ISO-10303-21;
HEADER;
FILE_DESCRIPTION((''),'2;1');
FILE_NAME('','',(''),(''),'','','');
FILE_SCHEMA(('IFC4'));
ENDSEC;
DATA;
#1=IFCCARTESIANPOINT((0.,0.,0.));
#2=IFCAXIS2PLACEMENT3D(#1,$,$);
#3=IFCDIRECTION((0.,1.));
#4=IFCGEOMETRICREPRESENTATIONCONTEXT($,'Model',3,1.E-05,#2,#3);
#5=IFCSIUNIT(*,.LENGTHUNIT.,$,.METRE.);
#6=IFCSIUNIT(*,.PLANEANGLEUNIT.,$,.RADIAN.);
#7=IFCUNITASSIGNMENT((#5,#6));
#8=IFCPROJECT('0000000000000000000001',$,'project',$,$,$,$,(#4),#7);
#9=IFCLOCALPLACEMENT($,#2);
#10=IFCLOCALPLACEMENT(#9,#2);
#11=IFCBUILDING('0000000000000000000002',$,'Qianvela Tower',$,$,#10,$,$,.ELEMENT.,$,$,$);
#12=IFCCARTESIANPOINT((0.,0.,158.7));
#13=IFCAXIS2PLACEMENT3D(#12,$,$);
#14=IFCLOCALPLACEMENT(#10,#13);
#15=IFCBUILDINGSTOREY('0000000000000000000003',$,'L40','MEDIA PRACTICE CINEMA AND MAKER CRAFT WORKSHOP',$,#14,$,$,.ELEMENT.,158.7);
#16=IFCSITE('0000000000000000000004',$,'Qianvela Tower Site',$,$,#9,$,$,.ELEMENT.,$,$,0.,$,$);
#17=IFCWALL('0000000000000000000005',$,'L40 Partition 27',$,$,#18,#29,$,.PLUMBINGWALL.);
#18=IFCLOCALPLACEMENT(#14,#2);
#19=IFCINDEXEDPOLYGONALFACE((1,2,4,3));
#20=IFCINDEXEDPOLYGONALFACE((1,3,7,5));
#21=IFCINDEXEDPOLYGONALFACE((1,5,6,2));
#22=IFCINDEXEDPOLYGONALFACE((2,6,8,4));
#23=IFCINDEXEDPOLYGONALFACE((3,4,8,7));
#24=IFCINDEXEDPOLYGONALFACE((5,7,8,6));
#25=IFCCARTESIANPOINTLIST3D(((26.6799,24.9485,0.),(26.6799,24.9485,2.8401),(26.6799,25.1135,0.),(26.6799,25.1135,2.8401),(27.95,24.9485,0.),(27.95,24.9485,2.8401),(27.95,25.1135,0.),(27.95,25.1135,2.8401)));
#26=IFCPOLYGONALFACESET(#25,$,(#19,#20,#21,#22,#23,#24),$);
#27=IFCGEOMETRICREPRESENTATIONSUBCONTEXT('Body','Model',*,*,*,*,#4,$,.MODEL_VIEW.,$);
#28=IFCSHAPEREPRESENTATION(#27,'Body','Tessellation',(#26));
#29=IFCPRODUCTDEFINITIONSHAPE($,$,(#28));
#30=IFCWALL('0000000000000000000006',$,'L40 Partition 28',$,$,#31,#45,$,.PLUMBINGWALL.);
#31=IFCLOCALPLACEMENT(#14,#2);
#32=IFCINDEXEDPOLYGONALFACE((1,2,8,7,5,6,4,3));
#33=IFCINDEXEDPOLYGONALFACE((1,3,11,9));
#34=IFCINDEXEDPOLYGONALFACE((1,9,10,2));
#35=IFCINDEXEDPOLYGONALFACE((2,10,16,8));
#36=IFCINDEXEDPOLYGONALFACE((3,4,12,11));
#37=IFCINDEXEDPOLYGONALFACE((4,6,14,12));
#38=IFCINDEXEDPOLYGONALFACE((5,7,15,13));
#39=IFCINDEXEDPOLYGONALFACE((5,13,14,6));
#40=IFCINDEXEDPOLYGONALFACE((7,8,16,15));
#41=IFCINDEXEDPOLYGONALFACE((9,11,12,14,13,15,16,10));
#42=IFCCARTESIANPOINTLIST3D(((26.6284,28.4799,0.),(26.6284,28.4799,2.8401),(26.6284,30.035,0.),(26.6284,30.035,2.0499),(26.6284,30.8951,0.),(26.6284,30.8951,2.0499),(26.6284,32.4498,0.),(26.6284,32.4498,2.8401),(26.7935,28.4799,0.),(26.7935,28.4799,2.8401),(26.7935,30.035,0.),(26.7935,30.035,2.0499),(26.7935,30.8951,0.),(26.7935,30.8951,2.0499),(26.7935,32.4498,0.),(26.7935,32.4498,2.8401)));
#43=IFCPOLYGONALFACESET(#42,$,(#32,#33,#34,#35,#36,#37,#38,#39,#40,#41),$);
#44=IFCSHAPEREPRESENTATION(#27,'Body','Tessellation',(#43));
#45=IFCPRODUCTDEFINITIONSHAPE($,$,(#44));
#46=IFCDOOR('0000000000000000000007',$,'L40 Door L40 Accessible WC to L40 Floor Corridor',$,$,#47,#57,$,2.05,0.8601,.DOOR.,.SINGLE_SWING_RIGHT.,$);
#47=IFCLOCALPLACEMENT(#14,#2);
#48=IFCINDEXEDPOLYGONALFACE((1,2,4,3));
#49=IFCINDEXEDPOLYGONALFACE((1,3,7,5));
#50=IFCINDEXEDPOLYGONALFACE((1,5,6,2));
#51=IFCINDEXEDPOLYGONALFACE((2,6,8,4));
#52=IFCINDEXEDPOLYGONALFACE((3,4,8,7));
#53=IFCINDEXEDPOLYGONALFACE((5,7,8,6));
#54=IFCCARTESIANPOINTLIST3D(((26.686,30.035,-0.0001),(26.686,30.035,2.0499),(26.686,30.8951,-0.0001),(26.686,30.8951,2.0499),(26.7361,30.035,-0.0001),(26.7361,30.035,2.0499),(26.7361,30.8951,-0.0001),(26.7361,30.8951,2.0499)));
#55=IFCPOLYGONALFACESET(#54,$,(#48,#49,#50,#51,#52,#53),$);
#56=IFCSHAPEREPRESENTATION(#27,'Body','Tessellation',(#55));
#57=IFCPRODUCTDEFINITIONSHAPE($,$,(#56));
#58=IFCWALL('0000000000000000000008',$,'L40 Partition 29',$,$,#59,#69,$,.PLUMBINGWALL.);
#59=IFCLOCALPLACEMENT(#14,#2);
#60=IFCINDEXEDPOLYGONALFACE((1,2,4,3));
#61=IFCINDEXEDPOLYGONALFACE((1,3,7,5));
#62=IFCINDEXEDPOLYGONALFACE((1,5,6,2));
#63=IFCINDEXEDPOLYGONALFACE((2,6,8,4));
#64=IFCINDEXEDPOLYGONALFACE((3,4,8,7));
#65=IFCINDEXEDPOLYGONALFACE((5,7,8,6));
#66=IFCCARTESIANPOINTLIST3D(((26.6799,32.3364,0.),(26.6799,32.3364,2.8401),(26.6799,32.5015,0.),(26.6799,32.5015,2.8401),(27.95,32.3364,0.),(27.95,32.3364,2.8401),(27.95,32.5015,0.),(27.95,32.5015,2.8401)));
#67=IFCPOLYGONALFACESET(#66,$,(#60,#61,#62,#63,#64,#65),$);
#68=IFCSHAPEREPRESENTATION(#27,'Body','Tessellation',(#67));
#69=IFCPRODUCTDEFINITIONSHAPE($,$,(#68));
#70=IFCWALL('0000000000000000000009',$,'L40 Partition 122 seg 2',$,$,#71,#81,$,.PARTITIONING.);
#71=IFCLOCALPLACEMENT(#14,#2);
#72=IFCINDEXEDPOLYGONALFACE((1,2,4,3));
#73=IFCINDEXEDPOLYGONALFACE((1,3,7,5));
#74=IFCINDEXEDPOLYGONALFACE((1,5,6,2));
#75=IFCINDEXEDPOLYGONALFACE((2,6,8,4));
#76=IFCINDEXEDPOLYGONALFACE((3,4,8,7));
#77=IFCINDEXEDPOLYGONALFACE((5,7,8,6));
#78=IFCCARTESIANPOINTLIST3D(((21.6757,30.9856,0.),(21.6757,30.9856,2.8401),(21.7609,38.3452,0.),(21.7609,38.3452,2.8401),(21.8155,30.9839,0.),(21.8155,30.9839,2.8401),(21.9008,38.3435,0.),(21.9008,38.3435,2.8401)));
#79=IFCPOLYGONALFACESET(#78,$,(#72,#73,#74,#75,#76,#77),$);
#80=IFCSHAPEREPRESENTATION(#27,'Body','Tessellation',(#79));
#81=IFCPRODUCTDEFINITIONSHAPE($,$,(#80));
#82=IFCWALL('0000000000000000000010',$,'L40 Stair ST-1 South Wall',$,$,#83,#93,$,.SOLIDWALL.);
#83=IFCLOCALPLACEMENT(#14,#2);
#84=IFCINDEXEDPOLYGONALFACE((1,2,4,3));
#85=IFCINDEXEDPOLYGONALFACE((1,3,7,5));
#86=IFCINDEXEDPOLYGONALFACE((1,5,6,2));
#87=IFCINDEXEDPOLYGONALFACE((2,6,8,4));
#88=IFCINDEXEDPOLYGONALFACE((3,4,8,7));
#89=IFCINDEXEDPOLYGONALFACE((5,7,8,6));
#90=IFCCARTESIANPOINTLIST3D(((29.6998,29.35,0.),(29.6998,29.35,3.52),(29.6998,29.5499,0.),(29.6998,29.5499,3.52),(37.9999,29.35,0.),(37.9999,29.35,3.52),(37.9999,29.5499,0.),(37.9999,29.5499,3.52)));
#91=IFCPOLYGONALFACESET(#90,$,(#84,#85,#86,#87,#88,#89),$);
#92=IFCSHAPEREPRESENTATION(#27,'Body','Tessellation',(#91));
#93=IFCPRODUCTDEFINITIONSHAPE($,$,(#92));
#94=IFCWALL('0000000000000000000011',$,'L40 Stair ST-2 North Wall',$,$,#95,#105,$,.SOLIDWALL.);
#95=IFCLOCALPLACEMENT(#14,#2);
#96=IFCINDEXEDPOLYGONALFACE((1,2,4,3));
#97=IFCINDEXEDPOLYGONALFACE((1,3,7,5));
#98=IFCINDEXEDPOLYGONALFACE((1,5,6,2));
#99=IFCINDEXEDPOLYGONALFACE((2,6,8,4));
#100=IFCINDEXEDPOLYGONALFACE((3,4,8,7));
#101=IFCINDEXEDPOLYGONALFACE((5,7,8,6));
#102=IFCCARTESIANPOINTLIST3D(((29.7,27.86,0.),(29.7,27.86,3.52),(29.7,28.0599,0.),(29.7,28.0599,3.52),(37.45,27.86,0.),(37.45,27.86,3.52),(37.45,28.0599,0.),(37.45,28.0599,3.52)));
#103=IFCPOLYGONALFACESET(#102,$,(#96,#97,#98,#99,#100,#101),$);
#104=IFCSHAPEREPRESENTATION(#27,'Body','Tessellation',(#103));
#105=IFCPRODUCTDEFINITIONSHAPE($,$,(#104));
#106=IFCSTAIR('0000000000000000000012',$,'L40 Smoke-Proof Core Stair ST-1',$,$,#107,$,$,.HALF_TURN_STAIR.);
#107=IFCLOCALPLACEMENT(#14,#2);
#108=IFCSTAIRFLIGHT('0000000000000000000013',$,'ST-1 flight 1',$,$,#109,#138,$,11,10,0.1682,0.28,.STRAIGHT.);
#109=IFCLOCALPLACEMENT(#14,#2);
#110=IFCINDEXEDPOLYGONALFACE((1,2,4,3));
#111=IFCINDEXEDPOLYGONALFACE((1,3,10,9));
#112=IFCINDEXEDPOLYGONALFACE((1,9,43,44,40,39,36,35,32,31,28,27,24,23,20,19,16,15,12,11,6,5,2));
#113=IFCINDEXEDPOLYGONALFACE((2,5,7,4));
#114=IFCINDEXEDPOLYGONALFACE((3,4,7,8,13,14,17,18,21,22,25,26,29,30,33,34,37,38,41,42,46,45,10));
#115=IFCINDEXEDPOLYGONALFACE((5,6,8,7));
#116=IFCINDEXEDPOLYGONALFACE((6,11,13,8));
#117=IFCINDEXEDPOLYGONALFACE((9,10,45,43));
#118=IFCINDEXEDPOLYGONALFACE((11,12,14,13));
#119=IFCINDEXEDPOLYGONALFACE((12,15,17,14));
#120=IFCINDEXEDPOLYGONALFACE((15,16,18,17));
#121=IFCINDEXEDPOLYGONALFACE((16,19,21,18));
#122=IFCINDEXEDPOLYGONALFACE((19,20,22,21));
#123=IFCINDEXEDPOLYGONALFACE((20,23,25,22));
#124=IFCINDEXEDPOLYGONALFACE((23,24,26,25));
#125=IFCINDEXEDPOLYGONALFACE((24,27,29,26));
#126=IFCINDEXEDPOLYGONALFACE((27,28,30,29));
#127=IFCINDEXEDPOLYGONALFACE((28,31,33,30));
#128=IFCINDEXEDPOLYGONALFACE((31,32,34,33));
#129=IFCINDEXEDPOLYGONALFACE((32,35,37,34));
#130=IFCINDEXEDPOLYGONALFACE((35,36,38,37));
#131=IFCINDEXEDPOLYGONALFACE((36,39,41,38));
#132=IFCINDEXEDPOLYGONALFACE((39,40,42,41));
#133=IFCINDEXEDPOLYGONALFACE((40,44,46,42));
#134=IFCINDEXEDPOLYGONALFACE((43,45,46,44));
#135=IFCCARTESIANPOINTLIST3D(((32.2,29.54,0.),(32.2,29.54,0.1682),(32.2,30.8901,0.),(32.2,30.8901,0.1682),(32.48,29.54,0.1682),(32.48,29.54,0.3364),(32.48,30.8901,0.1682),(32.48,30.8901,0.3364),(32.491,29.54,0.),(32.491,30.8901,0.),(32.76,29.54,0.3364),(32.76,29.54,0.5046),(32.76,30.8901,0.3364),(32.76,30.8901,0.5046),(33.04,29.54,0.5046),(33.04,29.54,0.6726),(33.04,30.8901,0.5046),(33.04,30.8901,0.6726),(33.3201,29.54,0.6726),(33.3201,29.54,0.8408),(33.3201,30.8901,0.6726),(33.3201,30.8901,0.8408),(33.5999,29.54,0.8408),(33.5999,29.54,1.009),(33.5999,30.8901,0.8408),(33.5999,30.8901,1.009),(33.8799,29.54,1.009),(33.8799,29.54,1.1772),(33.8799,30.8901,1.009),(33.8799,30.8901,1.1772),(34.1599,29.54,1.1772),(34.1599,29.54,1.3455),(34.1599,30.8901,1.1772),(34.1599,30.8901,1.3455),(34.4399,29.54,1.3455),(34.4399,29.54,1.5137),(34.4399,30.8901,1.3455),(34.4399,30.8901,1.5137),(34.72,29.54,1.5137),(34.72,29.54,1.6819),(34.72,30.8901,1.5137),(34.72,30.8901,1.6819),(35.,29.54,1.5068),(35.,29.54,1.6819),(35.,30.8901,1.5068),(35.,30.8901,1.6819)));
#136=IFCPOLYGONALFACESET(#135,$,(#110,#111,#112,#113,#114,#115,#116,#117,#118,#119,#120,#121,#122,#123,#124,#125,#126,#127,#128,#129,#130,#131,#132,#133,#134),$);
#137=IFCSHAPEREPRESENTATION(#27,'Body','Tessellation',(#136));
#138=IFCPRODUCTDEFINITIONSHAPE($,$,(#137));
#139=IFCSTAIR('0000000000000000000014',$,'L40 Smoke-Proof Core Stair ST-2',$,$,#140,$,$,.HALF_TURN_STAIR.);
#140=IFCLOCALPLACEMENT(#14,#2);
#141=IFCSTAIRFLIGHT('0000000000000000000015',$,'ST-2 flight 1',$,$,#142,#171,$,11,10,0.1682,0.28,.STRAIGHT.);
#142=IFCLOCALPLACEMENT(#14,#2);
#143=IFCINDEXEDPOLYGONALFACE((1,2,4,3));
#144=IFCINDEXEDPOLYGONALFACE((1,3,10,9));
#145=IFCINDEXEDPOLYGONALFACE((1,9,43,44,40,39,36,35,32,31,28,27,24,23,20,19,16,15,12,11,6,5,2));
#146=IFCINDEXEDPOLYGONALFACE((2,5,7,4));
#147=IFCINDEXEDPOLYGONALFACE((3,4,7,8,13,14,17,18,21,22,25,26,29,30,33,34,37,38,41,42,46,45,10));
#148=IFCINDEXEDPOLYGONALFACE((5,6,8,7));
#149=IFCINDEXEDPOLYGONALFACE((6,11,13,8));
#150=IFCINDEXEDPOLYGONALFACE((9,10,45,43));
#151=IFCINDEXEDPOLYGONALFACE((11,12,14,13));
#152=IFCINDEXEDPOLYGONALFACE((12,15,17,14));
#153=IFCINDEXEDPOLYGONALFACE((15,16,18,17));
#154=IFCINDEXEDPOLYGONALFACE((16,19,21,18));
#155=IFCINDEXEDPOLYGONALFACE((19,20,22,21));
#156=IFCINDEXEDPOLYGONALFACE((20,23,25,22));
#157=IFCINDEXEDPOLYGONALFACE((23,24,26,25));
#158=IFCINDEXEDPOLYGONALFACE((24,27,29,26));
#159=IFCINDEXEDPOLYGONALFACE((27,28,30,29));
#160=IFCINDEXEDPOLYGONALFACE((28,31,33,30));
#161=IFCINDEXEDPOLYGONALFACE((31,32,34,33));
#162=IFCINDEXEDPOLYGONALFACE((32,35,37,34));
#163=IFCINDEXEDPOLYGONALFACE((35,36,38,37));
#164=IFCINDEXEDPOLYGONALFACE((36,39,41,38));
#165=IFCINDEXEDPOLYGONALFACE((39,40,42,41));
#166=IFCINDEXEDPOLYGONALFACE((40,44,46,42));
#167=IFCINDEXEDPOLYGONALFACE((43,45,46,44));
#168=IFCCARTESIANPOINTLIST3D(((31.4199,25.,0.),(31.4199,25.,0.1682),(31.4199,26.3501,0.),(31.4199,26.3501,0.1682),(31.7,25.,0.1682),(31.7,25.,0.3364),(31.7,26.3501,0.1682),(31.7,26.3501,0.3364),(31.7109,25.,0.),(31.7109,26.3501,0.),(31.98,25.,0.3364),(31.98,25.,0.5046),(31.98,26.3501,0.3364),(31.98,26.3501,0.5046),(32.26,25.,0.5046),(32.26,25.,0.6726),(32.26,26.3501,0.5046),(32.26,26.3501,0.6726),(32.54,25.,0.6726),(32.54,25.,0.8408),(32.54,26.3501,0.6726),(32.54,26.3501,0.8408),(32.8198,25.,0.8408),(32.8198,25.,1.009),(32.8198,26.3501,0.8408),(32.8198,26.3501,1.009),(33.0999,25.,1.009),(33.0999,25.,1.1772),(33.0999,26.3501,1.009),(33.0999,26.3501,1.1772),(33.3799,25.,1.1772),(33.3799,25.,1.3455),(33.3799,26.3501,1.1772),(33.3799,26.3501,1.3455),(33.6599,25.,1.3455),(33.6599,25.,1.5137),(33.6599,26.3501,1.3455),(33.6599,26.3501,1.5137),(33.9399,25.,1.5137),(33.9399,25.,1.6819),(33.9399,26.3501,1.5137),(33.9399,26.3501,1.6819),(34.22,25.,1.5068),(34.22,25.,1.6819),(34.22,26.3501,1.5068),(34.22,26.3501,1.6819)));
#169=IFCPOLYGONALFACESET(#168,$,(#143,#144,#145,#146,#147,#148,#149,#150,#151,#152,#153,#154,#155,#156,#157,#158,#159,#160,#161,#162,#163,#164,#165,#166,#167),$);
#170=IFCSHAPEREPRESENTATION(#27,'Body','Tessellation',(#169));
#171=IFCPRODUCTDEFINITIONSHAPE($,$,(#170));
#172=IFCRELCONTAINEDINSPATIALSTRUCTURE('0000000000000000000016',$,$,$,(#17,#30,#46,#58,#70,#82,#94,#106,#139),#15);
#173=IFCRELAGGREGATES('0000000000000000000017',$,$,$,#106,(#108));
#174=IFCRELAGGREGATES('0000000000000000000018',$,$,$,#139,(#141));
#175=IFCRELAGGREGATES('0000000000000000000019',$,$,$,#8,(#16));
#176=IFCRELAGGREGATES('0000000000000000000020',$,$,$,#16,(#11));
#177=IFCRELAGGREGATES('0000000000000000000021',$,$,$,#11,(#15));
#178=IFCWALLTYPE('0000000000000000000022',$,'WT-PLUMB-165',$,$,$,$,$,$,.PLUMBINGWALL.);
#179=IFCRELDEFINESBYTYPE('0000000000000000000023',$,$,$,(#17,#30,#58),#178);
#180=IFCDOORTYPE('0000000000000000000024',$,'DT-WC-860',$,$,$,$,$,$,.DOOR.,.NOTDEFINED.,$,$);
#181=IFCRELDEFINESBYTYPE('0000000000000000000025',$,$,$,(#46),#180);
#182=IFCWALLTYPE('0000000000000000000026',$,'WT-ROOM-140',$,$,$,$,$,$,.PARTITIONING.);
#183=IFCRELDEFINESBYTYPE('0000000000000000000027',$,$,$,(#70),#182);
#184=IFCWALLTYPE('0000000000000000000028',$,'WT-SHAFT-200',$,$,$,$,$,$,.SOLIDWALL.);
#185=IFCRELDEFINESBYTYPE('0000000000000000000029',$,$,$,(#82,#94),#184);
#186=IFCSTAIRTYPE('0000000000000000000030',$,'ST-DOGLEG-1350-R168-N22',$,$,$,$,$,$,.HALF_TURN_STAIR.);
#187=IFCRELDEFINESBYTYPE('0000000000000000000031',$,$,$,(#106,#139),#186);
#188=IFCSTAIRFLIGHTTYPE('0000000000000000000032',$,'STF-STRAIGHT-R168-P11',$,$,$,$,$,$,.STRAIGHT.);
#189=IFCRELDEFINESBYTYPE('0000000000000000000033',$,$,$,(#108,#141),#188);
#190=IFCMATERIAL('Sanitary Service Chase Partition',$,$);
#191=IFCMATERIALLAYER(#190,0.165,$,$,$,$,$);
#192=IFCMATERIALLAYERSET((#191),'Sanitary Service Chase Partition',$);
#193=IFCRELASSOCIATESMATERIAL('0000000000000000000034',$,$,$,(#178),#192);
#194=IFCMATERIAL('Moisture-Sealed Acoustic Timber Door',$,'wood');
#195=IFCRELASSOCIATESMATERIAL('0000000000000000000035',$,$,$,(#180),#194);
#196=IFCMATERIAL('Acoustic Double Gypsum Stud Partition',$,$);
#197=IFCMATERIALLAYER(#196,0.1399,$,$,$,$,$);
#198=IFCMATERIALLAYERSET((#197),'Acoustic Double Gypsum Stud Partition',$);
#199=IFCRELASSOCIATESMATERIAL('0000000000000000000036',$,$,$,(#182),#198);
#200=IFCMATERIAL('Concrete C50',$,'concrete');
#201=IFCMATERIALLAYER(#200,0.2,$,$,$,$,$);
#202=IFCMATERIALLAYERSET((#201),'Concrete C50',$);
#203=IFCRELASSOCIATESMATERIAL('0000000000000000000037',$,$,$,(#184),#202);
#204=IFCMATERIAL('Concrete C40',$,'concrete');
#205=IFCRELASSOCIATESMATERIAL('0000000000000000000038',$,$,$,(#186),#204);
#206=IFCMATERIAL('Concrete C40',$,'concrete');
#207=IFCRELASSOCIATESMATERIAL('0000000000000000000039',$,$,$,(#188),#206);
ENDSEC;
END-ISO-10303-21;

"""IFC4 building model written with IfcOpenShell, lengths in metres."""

from ifc_helpers import new_model, si_unit, direction, frame, frame_2d, origin, place, context, subcontext, project, spatial, polyline, rectangle, outline, extrude, material, layer, layer_set, type_object, element, fill, aggregate, save


model = new_model("IFC4")

# Units and contexts
model_context = context("Model", 3, precision=1e-05, world=origin(), true_north=direction((0.0, 1.0)))
body_context = subcontext(model_context, "Body", "Model", "MODEL_VIEW")
ifc_project = project(units=[si_unit("LENGTHUNIT", "METRE"), si_unit("PLANEANGLEUNIT", "RADIAN")], contexts=[model_context])

# Site, building, storey
site_placement = place(None, origin())
site = spatial("IfcSite", under=ifc_project, at=site_placement, Name="Qianvela Tower Site", CompositionType="ELEMENT", RefElevation=0.0)
building_placement = place(site_placement, origin())
building = spatial("IfcBuilding", under=site, at=building_placement, Name="Qianvela Tower", CompositionType="ELEMENT")
storey_placement = place(building_placement, frame((0.0, 0.0, 158.7)))
storey = spatial("IfcBuildingStorey", under=building, at=storey_placement, Name="L40", Description="MEDIA PRACTICE CINEMA AND MAKER CRAFT WORKSHOP", CompositionType="ELEMENT", Elevation=158.7)

# Shared definitions
ifc_material_1 = material(Name="Sanitary Service Chase Partition")
ifc_layer_1 = layer(ifc_material_1, 0.165)
ifc_layer_set_1 = layer_set([ifc_layer_1], Name="Sanitary Service Chase Partition")
wall_type_1 = type_object("IfcWallType", Name="WT-PLUMB-165", PredefinedType="PLUMBINGWALL", material=ifc_layer_set_1)

# Wall
wall_1_placement = place(storey_placement, frame((27.95, 25.031, 0.0), z_axis=(0.0, 0.0, 1.0), x_axis=(-1.0, 0.0, 0.0)))
element("IfcWall", 1, at=wall_1_placement, inside=storey, type_object=wall_type_1, Name="L40 Partition 27", PredefinedType="PLUMBINGWALL", context=body_context, shape_type="SweptSolid", body=[
    extrude(rectangle(XDim=1.27, YDim=0.165, at=frame_2d((0.635, 0.0))), origin(), (0.0, 0.0, 1.0), 2.8401),
])

# Wall, opening, door
wall_2_placement = place(storey_placement, frame((26.7109, 28.48, 0.0), z_axis=(0.0, 0.0, 1.0), x_axis=(0.0, 1.0, 0.0)))
wall_2 = element("IfcWall", 2, at=wall_2_placement, inside=storey, type_object=wall_type_1, Name="L40 Partition 28", PredefinedType="PLUMBINGWALL", context=body_context, shape_type="SweptSolid", body=[
    extrude(rectangle(XDim=3.97, YDim=0.165, at=frame_2d((1.9849, 0.0))), origin(), (0.0, 0.0, 1.0), 2.8401),
])
opening_1_placement = place(wall_2_placement, frame((1.5549, 0.0, 0.0)))
opening_1 = element("IfcOpeningElement", 3, at=opening_1_placement, cuts=wall_2, PredefinedType="OPENING", context=body_context, shape_type="SweptSolid", body=[
    extrude(rectangle(XDim=0.8601, YDim=2.05, at=frame_2d((0.4302, 1.0249))), frame((0.0, 0.0925, 0.0), z_axis=(0.0, -1.0, 0.0), x_axis=(1.0, 0.0, 0.0)), (0.0, 0.0, 1.0), 0.1851),
])
ifc_material_2 = material(Name="Moisture-Sealed Acoustic Timber Door", Category="wood")
door_type_1 = type_object("IfcDoorType", Name="DT-WC-860", OperationType="NOTDEFINED", PredefinedType="DOOR", material=ifc_material_2)
door_1_placement = place(opening_1_placement, origin())
door_1 = element("IfcDoor", 4, at=door_1_placement, inside=storey, type_object=door_type_1, Name="L40 Door L40 Accessible WC to L40 Floor Corridor", OperationType="SINGLE_SWING_RIGHT", OverallHeight=2.05, OverallWidth=0.8601, PredefinedType="DOOR", context=body_context, shape_type="SweptSolid", body=[
    extrude(rectangle(XDim=0.8601, YDim=2.05, at=frame_2d((0.4302, 1.0249))), frame((0.0, 0.0249, 0.0), z_axis=(0.0, -1.0, 0.0), x_axis=(1.0, 0.0, 0.0)), (0.0, 0.0, 1.0), 0.05),
])
fill(opening_1, door_1)

# Walls
wall_3_placement = place(storey_placement, frame((26.6799, 32.4189, 0.0), z_axis=(0.0, 0.0, 1.0), x_axis=(1.0, 0.0, 0.0)))
element("IfcWall", 5, at=wall_3_placement, inside=storey, type_object=wall_type_1, Name="L40 Partition 29", PredefinedType="PLUMBINGWALL", context=body_context, shape_type="SweptSolid", body=[
    extrude(rectangle(XDim=1.27, YDim=0.165, at=frame_2d((0.635, 0.0))), origin(), (0.0, 0.0, 1.0), 2.8401),
])
ifc_material_3 = material(Name="Acoustic Double Gypsum Stud Partition")
ifc_layer_2 = layer(ifc_material_3, 0.1399)
ifc_layer_set_2 = layer_set([ifc_layer_2], Name="Acoustic Double Gypsum Stud Partition")
wall_type_2 = type_object("IfcWallType", Name="WT-ROOM-140", PredefinedType="PARTITIONING", material=ifc_layer_set_2)
wall_4_placement = place(storey_placement, frame((21.7456, 30.9846, 0.0), z_axis=(0.0, 0.0, 1.0), x_axis=(0.011577, 0.999933, 0.0)))
element("IfcWall", 6, at=wall_4_placement, inside=storey, type_object=wall_type_2, Name="L40 Partition 122 seg 2", PredefinedType="PARTITIONING", context=body_context, shape_type="SweptSolid", body=[
    extrude(rectangle(XDim=7.3601, YDim=0.1399, at=frame_2d((3.6802, 0.0))), origin(), (0.0, 0.0, 1.0), 2.8401),
])
ifc_material_4 = material(Name="Concrete C50", Category="concrete")
ifc_layer_3 = layer(ifc_material_4, 0.2)
ifc_layer_set_3 = layer_set([ifc_layer_3], Name="Concrete C50")
wall_type_3 = type_object("IfcWallType", Name="WT-SHAFT-200", PredefinedType="SOLIDWALL", material=ifc_layer_set_3)
wall_5_placement = place(storey_placement, frame((29.7, 29.45, 0.0), z_axis=(0.0, 0.0, 1.0), x_axis=(1.0, 0.0, 0.0)))
element("IfcWall", 7, at=wall_5_placement, inside=storey, type_object=wall_type_3, Name="L40 Stair ST-1 South Wall", PredefinedType="SOLIDWALL", context=body_context, shape_type="SweptSolid", body=[
    extrude(rectangle(XDim=8.3, YDim=0.2, at=frame_2d((4.1499, 0.0))), origin(), (0.0, 0.0, 1.0), 3.52),
])
wall_6_placement = place(storey_placement, frame((29.7, 27.96, 0.0), z_axis=(0.0, 0.0, 1.0), x_axis=(1.0, 0.0, 0.0)))
element("IfcWall", 8, at=wall_6_placement, inside=storey, type_object=wall_type_3, Name="L40 Stair ST-2 North Wall", PredefinedType="SOLIDWALL", context=body_context, shape_type="SweptSolid", body=[
    extrude(rectangle(XDim=7.75, YDim=0.2, at=frame_2d((3.875, 0.0))), origin(), (0.0, 0.0, 1.0), 3.52),
])

# Stairs, stair flights
ifc_material_5 = material(Name="Concrete C40", Category="concrete")
stair_type = type_object("IfcStairType", Name="ST-DOGLEG-1350-R168-N22", PredefinedType="HALF_TURN_STAIR", material=ifc_material_5)
stair_1_placement = place(storey_placement, origin())
stair_1 = element("IfcStair", 9, at=stair_1_placement, inside=storey, type_object=stair_type, Name="L40 Smoke-Proof Core Stair ST-1", PredefinedType="HALF_TURN_STAIR")
ifc_material_6 = material(Name="Concrete C40", Category="concrete")
stair_flight_type = type_object("IfcStairFlightType", Name="STF-STRAIGHT-R168-P11", PredefinedType="STRAIGHT", material=ifc_material_6)
stair_flight_1_placement = place(storey_placement, frame((32.2, 30.2151, 0.0), z_axis=(0.0, 0.0, 1.0), x_axis=(1.0, 0.0, 0.0)))
stair_flight_1 = element("IfcStairFlight", 10, at=stair_flight_1_placement, type_object=stair_flight_type, Name="ST-1 flight 1", NumberOfRisers=11, NumberOfTreads=10, PredefinedType="STRAIGHT", RiserHeight=0.1682, TreadLength=0.28, context=body_context, shape_type="SweptSolid", body=[
    extrude(outline(polyline([(0.0, 0.0), (0.0, 0.1682), (0.28, 0.1682), (0.28, 0.3364), (0.5601, 0.3364), (0.5601, 0.5046), (0.8401, 0.5046), (0.8401, 0.6726), (1.1201, 0.6726), (1.1201, 0.8408), (1.3999, 0.8408), (1.3999, 1.009), (1.6799, 1.009), (1.6799, 1.1772), (1.96, 1.1772), (1.96, 1.3455), (2.24, 1.3455), (2.24, 1.5137), (2.52, 1.5137), (2.52, 1.6819), (2.8, 1.6819), (2.8, 1.8501), (2.8, 1.5068), (0.291, 0.0), (0.0, 0.0)])), frame((0.0, 0.675, 0.0), z_axis=(0.0, -1.0, 0.0), x_axis=(1.0, 0.0, 0.0)), (0.0, 0.0, 1.0), 1.3501),
])
aggregate(stair_1, [stair_flight_1])
stair_2_placement = place(storey_placement, origin())
stair_2 = element("IfcStair", 11, at=stair_2_placement, inside=storey, type_object=stair_type, Name="L40 Smoke-Proof Core Stair ST-2", PredefinedType="HALF_TURN_STAIR")
stair_flight_2_placement = place(storey_placement, frame((31.4199, 25.675, 0.0), z_axis=(0.0, 0.0, 1.0), x_axis=(1.0, 0.0, 0.0)))
stair_flight_2 = element("IfcStairFlight", 12, at=stair_flight_2_placement, type_object=stair_flight_type, Name="ST-2 flight 1", NumberOfRisers=11, NumberOfTreads=10, PredefinedType="STRAIGHT", RiserHeight=0.1682, TreadLength=0.28, context=body_context, shape_type="SweptSolid", body=[
    extrude(outline(polyline([(0.0, 0.0), (0.0, 0.1682), (0.28, 0.1682), (0.28, 0.3364), (0.5601, 0.3364), (0.5601, 0.5046), (0.8401, 0.5046), (0.8401, 0.6726), (1.1201, 0.6726), (1.1201, 0.8408), (1.3999, 0.8408), (1.3999, 1.009), (1.6799, 1.009), (1.6799, 1.1772), (1.96, 1.1772), (1.96, 1.3455), (2.24, 1.3455), (2.24, 1.5137), (2.52, 1.5137), (2.52, 1.6819), (2.8, 1.6819), (2.8, 1.8501), (2.8, 1.5068), (0.291, 0.0), (0.0, 0.0)])), frame((0.0, 0.675, 0.0), z_axis=(0.0, -1.0, 0.0), x_axis=(1.0, 0.0, 0.0)), (0.0, 0.0, 1.0), 1.3501),
])
aggregate(stair_2, [stair_flight_2])

save(model, "model.ifc")
